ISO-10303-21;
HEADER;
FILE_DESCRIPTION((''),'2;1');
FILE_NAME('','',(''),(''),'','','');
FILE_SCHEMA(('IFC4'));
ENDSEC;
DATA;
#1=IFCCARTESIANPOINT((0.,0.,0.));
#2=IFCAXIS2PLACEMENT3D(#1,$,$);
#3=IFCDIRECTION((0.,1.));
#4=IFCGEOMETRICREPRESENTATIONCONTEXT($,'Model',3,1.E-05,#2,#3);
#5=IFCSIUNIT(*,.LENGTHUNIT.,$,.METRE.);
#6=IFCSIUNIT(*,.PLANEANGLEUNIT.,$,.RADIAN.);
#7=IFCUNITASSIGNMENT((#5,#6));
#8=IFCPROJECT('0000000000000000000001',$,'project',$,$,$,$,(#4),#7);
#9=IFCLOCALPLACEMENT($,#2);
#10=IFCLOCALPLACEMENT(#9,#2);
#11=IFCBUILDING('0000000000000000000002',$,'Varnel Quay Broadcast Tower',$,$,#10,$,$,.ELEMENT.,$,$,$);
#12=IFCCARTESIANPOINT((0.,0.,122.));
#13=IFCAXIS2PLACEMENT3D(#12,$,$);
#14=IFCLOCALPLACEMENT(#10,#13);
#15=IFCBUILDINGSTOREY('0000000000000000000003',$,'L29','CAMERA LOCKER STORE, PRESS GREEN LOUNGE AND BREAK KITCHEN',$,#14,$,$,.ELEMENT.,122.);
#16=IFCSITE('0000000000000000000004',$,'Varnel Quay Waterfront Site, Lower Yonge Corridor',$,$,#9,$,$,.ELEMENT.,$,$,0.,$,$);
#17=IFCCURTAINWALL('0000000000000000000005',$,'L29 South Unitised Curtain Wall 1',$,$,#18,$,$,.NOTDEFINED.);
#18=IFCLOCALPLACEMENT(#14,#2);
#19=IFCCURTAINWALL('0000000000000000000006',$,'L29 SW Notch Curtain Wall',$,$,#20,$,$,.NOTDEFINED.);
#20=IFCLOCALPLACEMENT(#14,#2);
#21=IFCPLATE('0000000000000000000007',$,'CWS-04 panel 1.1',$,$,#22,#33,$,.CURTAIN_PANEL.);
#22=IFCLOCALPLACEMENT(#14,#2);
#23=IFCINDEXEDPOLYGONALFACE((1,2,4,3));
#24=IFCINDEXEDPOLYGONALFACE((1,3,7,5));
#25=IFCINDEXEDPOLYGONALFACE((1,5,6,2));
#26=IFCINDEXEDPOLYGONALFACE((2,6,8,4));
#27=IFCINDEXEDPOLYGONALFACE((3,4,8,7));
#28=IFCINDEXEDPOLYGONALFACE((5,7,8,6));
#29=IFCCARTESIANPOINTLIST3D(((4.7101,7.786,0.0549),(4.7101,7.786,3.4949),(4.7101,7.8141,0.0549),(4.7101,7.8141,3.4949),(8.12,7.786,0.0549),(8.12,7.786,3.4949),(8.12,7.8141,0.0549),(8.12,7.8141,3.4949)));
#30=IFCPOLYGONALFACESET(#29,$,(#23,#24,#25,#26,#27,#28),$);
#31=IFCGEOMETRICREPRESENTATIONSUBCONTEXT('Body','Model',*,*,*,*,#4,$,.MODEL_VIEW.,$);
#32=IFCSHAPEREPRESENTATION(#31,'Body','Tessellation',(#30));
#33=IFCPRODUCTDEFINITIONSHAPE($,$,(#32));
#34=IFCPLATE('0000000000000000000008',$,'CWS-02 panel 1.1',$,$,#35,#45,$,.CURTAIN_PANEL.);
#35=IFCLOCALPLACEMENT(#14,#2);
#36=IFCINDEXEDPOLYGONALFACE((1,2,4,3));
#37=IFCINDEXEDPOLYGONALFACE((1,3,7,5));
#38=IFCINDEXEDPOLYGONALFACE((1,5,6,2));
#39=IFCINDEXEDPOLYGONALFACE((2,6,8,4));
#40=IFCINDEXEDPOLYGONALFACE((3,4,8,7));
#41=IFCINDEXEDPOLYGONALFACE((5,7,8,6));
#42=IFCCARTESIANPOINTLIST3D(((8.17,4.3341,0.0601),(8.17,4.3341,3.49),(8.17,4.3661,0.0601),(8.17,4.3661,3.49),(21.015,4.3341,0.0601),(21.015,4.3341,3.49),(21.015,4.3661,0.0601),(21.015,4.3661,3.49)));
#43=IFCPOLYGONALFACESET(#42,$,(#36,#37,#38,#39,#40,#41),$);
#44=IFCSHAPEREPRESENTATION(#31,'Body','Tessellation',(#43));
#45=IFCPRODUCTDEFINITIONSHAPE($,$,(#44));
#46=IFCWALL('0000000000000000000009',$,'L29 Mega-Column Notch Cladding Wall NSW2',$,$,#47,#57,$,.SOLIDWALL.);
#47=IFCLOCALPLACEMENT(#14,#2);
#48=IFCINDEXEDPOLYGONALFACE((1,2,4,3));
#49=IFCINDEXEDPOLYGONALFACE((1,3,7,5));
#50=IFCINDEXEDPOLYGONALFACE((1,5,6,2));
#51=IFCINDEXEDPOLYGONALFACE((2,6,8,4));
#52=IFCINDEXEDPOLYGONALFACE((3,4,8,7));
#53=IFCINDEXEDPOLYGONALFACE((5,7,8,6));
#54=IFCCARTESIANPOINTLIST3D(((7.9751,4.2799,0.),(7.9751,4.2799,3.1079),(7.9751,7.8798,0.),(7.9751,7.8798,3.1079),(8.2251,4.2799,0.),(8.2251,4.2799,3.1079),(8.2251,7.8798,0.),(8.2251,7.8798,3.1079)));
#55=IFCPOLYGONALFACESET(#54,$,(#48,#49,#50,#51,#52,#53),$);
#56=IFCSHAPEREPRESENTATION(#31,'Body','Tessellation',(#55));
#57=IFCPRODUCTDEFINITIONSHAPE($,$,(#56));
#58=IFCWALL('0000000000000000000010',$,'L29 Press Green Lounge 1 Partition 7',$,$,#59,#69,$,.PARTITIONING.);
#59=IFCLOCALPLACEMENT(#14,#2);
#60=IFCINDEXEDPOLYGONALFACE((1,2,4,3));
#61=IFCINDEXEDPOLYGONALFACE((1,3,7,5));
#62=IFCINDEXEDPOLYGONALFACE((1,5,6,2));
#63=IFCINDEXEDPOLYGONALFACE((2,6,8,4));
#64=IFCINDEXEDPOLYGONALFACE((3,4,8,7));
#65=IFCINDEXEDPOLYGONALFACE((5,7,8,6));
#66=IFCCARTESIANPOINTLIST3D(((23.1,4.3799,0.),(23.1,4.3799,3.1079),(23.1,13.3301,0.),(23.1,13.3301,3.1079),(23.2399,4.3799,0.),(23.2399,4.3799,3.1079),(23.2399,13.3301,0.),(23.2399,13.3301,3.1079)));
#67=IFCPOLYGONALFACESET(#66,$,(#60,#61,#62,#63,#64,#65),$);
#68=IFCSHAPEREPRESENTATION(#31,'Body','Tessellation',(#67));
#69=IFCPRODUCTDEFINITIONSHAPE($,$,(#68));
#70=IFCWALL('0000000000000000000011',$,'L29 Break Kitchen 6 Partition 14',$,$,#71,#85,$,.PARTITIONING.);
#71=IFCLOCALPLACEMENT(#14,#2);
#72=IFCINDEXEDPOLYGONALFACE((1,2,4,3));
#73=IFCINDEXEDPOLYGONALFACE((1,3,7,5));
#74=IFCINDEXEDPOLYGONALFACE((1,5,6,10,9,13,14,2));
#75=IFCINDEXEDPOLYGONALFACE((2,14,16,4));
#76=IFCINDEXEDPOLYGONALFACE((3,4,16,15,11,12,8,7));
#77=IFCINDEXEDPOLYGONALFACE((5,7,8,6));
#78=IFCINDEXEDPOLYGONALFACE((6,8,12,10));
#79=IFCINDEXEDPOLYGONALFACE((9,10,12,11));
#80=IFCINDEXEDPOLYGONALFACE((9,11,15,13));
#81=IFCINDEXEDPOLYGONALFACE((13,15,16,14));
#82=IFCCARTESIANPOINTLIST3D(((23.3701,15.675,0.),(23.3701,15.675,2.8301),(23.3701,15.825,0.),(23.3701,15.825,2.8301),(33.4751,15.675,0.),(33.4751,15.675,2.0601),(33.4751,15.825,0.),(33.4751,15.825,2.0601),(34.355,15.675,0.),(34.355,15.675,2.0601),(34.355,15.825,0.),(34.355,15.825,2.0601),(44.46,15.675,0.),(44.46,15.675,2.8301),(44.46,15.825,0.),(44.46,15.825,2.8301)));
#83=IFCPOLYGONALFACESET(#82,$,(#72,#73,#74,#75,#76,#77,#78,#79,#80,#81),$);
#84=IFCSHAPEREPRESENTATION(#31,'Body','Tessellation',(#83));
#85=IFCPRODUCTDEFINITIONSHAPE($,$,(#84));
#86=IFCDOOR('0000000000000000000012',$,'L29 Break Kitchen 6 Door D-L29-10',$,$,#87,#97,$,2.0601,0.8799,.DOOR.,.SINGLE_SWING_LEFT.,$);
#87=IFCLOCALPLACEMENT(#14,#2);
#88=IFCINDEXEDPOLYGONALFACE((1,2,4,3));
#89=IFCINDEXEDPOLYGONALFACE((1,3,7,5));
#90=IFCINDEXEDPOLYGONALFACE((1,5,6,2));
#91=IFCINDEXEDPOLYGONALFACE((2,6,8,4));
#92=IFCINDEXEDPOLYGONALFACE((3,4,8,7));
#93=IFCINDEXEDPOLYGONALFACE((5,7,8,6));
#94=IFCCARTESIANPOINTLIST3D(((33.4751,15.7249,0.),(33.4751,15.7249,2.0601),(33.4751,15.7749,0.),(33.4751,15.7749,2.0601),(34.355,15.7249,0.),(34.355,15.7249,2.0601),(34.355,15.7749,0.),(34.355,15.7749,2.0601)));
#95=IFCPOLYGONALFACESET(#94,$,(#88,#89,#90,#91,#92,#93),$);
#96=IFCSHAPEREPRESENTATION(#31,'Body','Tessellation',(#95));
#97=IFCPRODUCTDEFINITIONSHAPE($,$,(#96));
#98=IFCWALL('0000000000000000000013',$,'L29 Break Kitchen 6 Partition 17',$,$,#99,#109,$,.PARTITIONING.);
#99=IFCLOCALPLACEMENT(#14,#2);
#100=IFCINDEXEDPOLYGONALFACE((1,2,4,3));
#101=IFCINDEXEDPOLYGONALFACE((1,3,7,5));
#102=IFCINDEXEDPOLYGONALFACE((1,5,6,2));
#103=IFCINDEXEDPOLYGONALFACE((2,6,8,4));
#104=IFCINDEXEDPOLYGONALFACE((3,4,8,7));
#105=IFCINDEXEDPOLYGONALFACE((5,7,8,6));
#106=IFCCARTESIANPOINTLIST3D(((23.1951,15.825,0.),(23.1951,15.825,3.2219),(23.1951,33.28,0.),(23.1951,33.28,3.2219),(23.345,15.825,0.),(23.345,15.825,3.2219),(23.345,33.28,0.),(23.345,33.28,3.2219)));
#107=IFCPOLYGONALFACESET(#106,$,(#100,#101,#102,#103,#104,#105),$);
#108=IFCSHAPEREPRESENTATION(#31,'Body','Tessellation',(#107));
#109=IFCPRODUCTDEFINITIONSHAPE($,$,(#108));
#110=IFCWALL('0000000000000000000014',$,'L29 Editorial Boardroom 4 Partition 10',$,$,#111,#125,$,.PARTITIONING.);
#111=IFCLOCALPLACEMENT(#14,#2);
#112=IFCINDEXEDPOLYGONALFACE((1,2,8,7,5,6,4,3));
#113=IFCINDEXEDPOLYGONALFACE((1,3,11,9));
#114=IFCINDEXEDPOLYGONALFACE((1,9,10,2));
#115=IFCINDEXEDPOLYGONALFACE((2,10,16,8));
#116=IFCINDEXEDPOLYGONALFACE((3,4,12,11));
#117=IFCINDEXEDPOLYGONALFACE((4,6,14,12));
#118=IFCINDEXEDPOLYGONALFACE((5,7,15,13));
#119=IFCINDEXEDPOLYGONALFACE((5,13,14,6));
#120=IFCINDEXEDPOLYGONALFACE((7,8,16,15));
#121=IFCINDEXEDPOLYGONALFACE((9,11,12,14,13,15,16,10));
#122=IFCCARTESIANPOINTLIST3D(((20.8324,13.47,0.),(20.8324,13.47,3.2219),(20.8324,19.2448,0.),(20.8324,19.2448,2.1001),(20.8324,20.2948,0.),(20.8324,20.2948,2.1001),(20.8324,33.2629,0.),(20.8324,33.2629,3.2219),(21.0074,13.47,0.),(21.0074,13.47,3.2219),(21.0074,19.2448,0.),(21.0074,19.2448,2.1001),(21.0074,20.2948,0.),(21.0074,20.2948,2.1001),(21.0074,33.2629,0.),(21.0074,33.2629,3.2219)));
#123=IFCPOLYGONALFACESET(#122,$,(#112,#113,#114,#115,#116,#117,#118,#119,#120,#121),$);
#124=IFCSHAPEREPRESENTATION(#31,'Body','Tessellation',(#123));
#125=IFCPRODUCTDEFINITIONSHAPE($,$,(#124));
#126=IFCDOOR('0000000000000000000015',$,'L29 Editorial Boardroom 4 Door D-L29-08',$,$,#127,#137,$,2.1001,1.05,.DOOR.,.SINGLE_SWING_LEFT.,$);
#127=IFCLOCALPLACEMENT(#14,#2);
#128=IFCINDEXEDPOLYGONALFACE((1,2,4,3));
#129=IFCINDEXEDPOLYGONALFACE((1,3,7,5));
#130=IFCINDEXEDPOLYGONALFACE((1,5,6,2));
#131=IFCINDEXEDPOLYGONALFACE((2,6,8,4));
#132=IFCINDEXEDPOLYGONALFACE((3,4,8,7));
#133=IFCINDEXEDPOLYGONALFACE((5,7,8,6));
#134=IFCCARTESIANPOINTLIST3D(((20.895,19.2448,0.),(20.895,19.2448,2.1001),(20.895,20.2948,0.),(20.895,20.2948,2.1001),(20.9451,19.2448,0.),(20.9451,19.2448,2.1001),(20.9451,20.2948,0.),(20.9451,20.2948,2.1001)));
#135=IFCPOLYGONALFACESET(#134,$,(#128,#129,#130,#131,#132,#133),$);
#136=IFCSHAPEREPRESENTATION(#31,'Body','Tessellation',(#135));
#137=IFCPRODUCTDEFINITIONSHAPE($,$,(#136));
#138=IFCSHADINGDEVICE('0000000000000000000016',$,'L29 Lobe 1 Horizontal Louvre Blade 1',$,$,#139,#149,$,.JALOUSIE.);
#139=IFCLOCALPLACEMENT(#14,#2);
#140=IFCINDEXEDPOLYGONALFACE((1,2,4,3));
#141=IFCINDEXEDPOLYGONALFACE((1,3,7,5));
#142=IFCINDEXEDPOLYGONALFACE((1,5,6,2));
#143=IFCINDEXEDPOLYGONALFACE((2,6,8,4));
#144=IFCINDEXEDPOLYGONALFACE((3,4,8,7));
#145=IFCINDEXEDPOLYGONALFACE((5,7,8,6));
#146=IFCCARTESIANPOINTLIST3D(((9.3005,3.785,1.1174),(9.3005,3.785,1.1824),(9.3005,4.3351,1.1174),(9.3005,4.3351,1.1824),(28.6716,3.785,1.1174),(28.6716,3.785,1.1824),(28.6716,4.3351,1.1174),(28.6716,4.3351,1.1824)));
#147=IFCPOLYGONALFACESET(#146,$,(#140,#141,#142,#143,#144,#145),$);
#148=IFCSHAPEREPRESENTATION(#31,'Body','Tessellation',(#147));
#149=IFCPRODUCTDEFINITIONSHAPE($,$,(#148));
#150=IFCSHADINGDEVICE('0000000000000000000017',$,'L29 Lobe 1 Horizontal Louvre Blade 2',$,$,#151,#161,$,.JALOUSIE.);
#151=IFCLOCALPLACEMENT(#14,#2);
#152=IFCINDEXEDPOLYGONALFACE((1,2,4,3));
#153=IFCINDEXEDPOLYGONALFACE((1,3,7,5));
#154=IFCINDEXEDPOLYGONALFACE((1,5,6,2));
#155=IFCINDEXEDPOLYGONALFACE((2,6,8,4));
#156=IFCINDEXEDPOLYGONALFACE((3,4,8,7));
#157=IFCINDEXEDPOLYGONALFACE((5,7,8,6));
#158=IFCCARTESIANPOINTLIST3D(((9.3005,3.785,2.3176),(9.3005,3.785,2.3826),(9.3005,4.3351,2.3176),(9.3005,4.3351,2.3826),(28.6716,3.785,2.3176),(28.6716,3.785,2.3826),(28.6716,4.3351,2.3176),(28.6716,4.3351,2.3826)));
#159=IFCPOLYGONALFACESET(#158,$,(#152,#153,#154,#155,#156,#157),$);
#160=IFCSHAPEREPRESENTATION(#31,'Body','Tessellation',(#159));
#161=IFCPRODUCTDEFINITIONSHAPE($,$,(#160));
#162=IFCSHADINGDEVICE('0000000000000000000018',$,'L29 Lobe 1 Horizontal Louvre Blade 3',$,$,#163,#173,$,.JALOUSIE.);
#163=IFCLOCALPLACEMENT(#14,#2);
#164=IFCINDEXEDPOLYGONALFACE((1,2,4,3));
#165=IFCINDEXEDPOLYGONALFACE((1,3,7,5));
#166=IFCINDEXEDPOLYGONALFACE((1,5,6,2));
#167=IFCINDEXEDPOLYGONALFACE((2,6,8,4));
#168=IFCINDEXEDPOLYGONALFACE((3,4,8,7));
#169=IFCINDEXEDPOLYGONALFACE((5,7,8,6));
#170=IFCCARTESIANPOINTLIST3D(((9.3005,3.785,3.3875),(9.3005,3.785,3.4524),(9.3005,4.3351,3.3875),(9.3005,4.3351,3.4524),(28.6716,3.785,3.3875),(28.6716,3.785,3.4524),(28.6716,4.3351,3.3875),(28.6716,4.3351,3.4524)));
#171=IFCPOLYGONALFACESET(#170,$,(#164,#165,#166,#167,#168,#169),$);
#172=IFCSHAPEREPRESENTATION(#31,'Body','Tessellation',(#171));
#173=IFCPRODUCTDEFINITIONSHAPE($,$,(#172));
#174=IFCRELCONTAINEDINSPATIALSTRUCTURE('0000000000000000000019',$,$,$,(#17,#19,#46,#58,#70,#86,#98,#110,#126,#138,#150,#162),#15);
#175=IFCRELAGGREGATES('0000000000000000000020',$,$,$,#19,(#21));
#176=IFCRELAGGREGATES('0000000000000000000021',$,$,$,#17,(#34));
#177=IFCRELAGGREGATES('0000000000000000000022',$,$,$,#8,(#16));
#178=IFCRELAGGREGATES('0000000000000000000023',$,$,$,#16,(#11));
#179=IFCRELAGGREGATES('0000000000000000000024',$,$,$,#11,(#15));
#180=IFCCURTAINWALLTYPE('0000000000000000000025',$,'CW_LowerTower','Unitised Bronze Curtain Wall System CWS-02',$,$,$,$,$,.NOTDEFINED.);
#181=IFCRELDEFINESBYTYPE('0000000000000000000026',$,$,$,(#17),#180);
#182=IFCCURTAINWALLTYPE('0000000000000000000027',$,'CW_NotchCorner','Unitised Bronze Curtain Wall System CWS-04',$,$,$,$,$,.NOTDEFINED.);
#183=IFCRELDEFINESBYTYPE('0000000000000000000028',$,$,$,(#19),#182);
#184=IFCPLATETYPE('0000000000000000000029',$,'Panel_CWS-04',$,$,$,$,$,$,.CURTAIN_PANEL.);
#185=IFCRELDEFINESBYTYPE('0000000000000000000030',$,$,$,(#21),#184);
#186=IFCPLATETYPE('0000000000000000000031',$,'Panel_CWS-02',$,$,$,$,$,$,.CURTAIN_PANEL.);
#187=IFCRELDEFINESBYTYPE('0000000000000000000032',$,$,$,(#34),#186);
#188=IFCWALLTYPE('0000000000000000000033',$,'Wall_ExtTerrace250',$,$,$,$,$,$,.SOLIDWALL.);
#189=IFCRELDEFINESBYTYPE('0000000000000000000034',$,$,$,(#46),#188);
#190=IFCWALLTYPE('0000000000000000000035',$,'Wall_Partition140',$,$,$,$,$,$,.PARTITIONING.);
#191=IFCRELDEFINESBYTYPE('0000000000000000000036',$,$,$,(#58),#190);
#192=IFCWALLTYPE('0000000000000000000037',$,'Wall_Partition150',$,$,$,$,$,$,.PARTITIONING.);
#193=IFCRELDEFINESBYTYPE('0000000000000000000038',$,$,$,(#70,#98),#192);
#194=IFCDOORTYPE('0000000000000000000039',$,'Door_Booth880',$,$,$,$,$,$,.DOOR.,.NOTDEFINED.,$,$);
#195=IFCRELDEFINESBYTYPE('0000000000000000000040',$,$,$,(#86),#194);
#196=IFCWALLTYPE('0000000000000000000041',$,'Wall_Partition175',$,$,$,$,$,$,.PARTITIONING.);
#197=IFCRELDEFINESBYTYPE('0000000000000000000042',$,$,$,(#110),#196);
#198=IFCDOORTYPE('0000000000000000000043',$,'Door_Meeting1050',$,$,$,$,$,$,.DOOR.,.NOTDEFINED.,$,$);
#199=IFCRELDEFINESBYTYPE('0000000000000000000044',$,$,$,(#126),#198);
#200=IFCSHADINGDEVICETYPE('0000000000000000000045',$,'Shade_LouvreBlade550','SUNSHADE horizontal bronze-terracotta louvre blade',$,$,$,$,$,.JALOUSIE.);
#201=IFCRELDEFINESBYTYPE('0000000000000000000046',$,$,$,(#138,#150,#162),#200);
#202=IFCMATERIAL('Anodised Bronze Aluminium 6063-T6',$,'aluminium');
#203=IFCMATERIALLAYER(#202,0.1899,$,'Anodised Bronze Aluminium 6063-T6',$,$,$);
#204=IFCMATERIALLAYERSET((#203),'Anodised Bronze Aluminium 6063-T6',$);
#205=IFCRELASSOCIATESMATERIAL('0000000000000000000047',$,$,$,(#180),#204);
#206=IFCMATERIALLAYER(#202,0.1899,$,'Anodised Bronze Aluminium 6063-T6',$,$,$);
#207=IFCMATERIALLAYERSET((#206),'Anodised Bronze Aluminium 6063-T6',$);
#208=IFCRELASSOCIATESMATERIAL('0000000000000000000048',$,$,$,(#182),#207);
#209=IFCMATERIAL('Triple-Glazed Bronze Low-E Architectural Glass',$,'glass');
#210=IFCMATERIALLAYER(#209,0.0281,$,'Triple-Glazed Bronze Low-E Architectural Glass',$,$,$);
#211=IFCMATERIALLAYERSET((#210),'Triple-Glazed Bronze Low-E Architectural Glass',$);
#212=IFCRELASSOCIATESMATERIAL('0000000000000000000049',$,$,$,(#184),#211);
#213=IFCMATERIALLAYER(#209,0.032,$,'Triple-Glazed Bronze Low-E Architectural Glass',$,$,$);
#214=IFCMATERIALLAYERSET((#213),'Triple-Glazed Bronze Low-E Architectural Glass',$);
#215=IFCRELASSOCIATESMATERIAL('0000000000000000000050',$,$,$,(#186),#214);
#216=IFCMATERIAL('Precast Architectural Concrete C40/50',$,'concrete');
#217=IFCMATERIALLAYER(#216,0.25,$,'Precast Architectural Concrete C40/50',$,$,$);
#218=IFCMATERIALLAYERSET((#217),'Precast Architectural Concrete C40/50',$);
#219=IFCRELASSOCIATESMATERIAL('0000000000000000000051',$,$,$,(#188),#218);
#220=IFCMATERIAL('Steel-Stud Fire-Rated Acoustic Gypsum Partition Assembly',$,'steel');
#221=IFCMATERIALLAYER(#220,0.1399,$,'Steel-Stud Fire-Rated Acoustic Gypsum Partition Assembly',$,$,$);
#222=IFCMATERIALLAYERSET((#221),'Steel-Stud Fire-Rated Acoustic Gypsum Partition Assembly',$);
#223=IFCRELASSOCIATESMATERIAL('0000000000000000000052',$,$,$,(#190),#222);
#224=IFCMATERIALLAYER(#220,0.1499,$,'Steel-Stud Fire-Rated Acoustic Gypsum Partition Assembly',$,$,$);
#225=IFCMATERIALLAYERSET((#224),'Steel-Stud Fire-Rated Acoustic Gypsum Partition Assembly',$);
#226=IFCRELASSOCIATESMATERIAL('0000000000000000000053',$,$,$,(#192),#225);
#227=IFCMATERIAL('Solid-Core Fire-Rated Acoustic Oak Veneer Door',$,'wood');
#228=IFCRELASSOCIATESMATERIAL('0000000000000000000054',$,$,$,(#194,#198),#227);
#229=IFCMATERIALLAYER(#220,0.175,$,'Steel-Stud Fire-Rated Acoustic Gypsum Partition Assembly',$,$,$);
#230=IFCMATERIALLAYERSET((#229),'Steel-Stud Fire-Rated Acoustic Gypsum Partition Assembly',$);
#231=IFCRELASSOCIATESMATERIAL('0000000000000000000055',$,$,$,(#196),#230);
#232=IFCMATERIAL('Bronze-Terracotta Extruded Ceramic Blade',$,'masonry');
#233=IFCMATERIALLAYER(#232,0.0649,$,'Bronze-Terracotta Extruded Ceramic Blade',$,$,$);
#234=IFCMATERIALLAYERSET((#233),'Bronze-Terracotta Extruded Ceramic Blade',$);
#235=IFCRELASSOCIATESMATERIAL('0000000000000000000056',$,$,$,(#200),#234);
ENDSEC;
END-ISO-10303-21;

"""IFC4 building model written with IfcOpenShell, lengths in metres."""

from ifc_helpers import new_model, si_unit, direction, frame, frame_2d, origin, origin_2d, place, context, subcontext, project, spatial, rectangle, extrude, source, transform, mapped, material, layer, layer_set, type_object, type_shapes, element, fill, aggregate, save


model = new_model("IFC4")

# Units and contexts
model_context = context("Model", 3, precision=1e-05, world=origin(), true_north=direction((0.0, 1.0)))
body_context = subcontext(model_context, "Body", "Model", "MODEL_VIEW")
ifc_project = project(units=[si_unit("LENGTHUNIT", "METRE"), si_unit("PLANEANGLEUNIT", "RADIAN")], contexts=[model_context])

# Site, building, storey
site_placement = place(None, origin())
site = spatial("IfcSite", under=ifc_project, at=site_placement, Name="Varnel Quay Waterfront Site, Lower Yonge Corridor", CompositionType="ELEMENT", RefElevation=0.0)
building_placement = place(site_placement, origin())
building = spatial("IfcBuilding", under=site, at=building_placement, Name="Varnel Quay Broadcast Tower", CompositionType="ELEMENT")
storey_placement = place(building_placement, frame((0.0, 0.0, 122.0)))
storey = spatial("IfcBuildingStorey", under=building, at=storey_placement, Name="L29", Description="CAMERA LOCKER STORE, PRESS GREEN LOUNGE AND BREAK KITCHEN", CompositionType="ELEMENT", Elevation=122.0)

# Curtain wall
ifc_material_1 = material(Name="Anodised Bronze Aluminium 6063-T6", Category="aluminium")
ifc_layer_1 = layer(ifc_material_1, 0.1899, Name="Anodised Bronze Aluminium 6063-T6")
ifc_layer_set_1 = layer_set([ifc_layer_1], Name="Anodised Bronze Aluminium 6063-T6")
curtain_wall_type_1 = type_object("IfcCurtainWallType", Name="CW_LowerTower", Description="Unitised Bronze Curtain Wall System CWS-02", PredefinedType="NOTDEFINED", material=ifc_layer_set_1)
curtain_wall_1_placement = place(storey_placement, origin())
curtain_wall_1 = element("IfcCurtainWall", 1, at=curtain_wall_1_placement, inside=storey, type_object=curtain_wall_type_1, Name="L29 South Unitised Curtain Wall 1", PredefinedType="NOTDEFINED")

# Curtain wall
ifc_layer_2 = layer(ifc_material_1, 0.1899, Name="Anodised Bronze Aluminium 6063-T6")
ifc_layer_set_2 = layer_set([ifc_layer_2], Name="Anodised Bronze Aluminium 6063-T6")
curtain_wall_type_2 = type_object("IfcCurtainWallType", Name="CW_NotchCorner", Description="Unitised Bronze Curtain Wall System CWS-04", PredefinedType="NOTDEFINED", material=ifc_layer_set_2)
curtain_wall_2_placement = place(storey_placement, origin())
curtain_wall_2 = element("IfcCurtainWall", 2, at=curtain_wall_2_placement, inside=storey, type_object=curtain_wall_type_2, Name="L29 SW Notch Curtain Wall", PredefinedType="NOTDEFINED")

# Plates
ifc_material_2 = material(Name="Triple-Glazed Bronze Low-E Architectural Glass", Category="glass")
ifc_layer_3 = layer(ifc_material_2, 0.0281, Name="Triple-Glazed Bronze Low-E Architectural Glass")
ifc_layer_set_3 = layer_set([ifc_layer_3], Name="Triple-Glazed Bronze Low-E Architectural Glass")
plate_type_1 = type_object("IfcPlateType", Name="Panel_CWS-04", PredefinedType="CURTAIN_PANEL", material=ifc_layer_set_3)
shared_shape_1 = source(origin(), body_context, "Body", "SweptSolid", [
    extrude(rectangle(XDim=3.4099, YDim=0.0281, at=origin_2d()), origin(), (0.0, 0.0, 1.0), 3.4399),
])
type_shapes(plate_type_1, [shared_shape_1])
plate_1_placement = place(storey_placement, frame((6.415, 7.8, 0.0549), z_axis=(0.0, 0.0, 1.0), x_axis=(1.0, 0.0, 0.0)))
plate_1 = element("IfcPlate", 3, at=plate_1_placement, type_object=plate_type_1, Name="CWS-04 panel 1.1", PredefinedType="CURTAIN_PANEL", context=body_context, shape_type="MappedRepresentation", body=[
    mapped(shared_shape_1, transform((0.0, 0.0, 0.0), x_axis=(1.0, 0.0, 0.0), y_axis=(0.0, 1.0, 0.0), z_axis=(0.0, 0.0, 1.0), scale=1.0)),
])
aggregate(curtain_wall_2, [plate_1])
ifc_layer_4 = layer(ifc_material_2, 0.032, Name="Triple-Glazed Bronze Low-E Architectural Glass")
ifc_layer_set_4 = layer_set([ifc_layer_4], Name="Triple-Glazed Bronze Low-E Architectural Glass")
plate_type_2 = type_object("IfcPlateType", Name="Panel_CWS-02", PredefinedType="CURTAIN_PANEL", material=ifc_layer_set_4)
shared_shape_2 = source(origin(), body_context, "Body", "SweptSolid", [
    extrude(rectangle(XDim=12.845, YDim=0.032, at=origin_2d()), origin(), (0.0, 0.0, 1.0), 3.4299),
])
type_shapes(plate_type_2, [shared_shape_2])
plate_2_placement = place(storey_placement, frame((14.5925, 4.3501, 0.0601), z_axis=(0.0, 0.0, 1.0), x_axis=(1.0, 0.0, 0.0)))
plate_2 = element("IfcPlate", 4, at=plate_2_placement, type_object=plate_type_2, Name="CWS-02 panel 1.1", PredefinedType="CURTAIN_PANEL", context=body_context, shape_type="MappedRepresentation", body=[
    mapped(shared_shape_2, transform((0.0, 0.0, 0.0), x_axis=(1.0, 0.0, 0.0), y_axis=(0.0, 1.0, 0.0), z_axis=(0.0, 0.0, 1.0), scale=1.0)),
])
aggregate(curtain_wall_1, [plate_2])

# Walls
ifc_material_3 = material(Name="Precast Architectural Concrete C40/50", Category="concrete")
ifc_layer_5 = layer(ifc_material_3, 0.25, Name="Precast Architectural Concrete C40/50")
ifc_layer_set_5 = layer_set([ifc_layer_5], Name="Precast Architectural Concrete C40/50")
wall_type_1 = type_object("IfcWallType", Name="Wall_ExtTerrace250", PredefinedType="SOLIDWALL", material=ifc_layer_set_5)
wall_1_placement = place(storey_placement, frame((8.1001, 4.28, 0.0), z_axis=(0.0, 0.0, 1.0), x_axis=(0.0, 1.0, 0.0)))
element("IfcWall", 5, at=wall_1_placement, inside=storey, type_object=wall_type_1, Name="L29 Mega-Column Notch Cladding Wall NSW2", PredefinedType="SOLIDWALL", context=body_context, shape_type="SweptSolid", body=[
    extrude(rectangle(XDim=3.5999, YDim=0.25, at=frame_2d((1.7998, 0.0))), origin(), (0.0, 0.0, 1.0), 3.1079),
])
ifc_material_4 = material(Name="Steel-Stud Fire-Rated Acoustic Gypsum Partition Assembly", Category="steel")
ifc_layer_6 = layer(ifc_material_4, 0.1399, Name="Steel-Stud Fire-Rated Acoustic Gypsum Partition Assembly")
ifc_layer_set_6 = layer_set([ifc_layer_6], Name="Steel-Stud Fire-Rated Acoustic Gypsum Partition Assembly")
wall_type_2 = type_object("IfcWallType", Name="Wall_Partition140", PredefinedType="PARTITIONING", material=ifc_layer_set_6)
wall_2_placement = place(storey_placement, frame((23.1699, 4.3799, 0.0), z_axis=(0.0, 0.0, 1.0), x_axis=(0.0, 1.0, 0.0)))
element("IfcWall", 6, at=wall_2_placement, inside=storey, type_object=wall_type_2, Name="L29 Press Green Lounge 1 Partition 7", PredefinedType="PARTITIONING", context=body_context, shape_type="SweptSolid", body=[
    extrude(rectangle(XDim=8.9502, YDim=0.1399, at=frame_2d((4.4751, 0.0))), origin(), (0.0, 0.0, 1.0), 3.1079),
])

# Wall, opening, door
ifc_layer_7 = layer(ifc_material_4, 0.1499, Name="Steel-Stud Fire-Rated Acoustic Gypsum Partition Assembly")
ifc_layer_set_7 = layer_set([ifc_layer_7], Name="Steel-Stud Fire-Rated Acoustic Gypsum Partition Assembly")
wall_type_3 = type_object("IfcWallType", Name="Wall_Partition150", PredefinedType="PARTITIONING", material=ifc_layer_set_7)
wall_3_placement = place(storey_placement, frame((23.3701, 15.75, 0.0), z_axis=(0.0, 0.0, 1.0), x_axis=(1.0, 0.0, 0.0)))
wall_3 = element("IfcWall", 7, at=wall_3_placement, inside=storey, type_object=wall_type_3, Name="L29 Break Kitchen 6 Partition 14", PredefinedType="PARTITIONING", context=body_context, shape_type="SweptSolid", body=[
    extrude(rectangle(XDim=21.0898, YDim=0.1499, at=frame_2d((10.5449, 0.0))), origin(), (0.0, 0.0, 1.0), 2.8301),
])
opening_1_placement = place(wall_3_placement, frame((10.105, 0.0, 0.0)))
opening_1 = element("IfcOpeningElement", 8, at=opening_1_placement, cuts=wall_3, PredefinedType="OPENING", context=body_context, shape_type="SweptSolid", body=[
    extrude(rectangle(XDim=0.8799, YDim=2.0601, at=frame_2d((0.4399, 1.03))), frame((0.0, 0.085, 0.0), z_axis=(0.0, -1.0, 0.0), x_axis=(1.0, 0.0, 0.0)), (0.0, 0.0, 1.0), 0.1699),
])
ifc_material_5 = material(Name="Solid-Core Fire-Rated Acoustic Oak Veneer Door", Category="wood")
door_type_1 = type_object("IfcDoorType", Name="Door_Booth880", OperationType="NOTDEFINED", PredefinedType="DOOR", material=ifc_material_5)
shared_shape_3 = source(origin(), body_context, "Body", "SweptSolid", [
    extrude(rectangle(XDim=0.8799, YDim=2.0601, at=frame_2d((0.4399, 1.03))), frame((0.0, 0.0249, 0.0), z_axis=(0.0, -1.0, 0.0), x_axis=(1.0, 0.0, 0.0)), (0.0, 0.0, 1.0), 0.05),
])
type_shapes(door_type_1, [shared_shape_3])
door_1_placement = place(opening_1_placement, origin())
door_1 = element("IfcDoor", 9, at=door_1_placement, inside=storey, type_object=door_type_1, Name="L29 Break Kitchen 6 Door D-L29-10", OperationType="SINGLE_SWING_LEFT", OverallHeight=2.0601, OverallWidth=0.8799, PredefinedType="DOOR", context=body_context, shape_type="MappedRepresentation", body=[
    mapped(shared_shape_3, transform((0.0, 0.0, 0.0), x_axis=(1.0, 0.0, 0.0), y_axis=(0.0, 1.0, 0.0), z_axis=(0.0, 0.0, 1.0), scale=1.0)),
])
fill(opening_1, door_1)

# Wall
wall_4_placement = place(storey_placement, frame((23.27, 15.825, 0.0), z_axis=(0.0, 0.0, 1.0), x_axis=(0.0, 1.0, 0.0)))
element("IfcWall", 10, at=wall_4_placement, inside=storey, type_object=wall_type_3, Name="L29 Break Kitchen 6 Partition 17", PredefinedType="PARTITIONING", context=body_context, shape_type="SweptSolid", body=[
    extrude(rectangle(XDim=17.4551, YDim=0.1499, at=frame_2d((8.7275, 0.0))), origin(), (0.0, 0.0, 1.0), 3.2219),
])

# Wall, opening, door
ifc_layer_8 = layer(ifc_material_4, 0.175, Name="Steel-Stud Fire-Rated Acoustic Gypsum Partition Assembly")
ifc_layer_set_8 = layer_set([ifc_layer_8], Name="Steel-Stud Fire-Rated Acoustic Gypsum Partition Assembly")
wall_type_4 = type_object("IfcWallType", Name="Wall_Partition175", PredefinedType="PARTITIONING", material=ifc_layer_set_8)
wall_5_placement = place(storey_placement, frame((20.9199, 13.47, 0.0), z_axis=(0.0, 0.0, 1.0), x_axis=(0.0, 1.0, 0.0)))
wall_5 = element("IfcWall", 11, at=wall_5_placement, inside=storey, type_object=wall_type_4, Name="L29 Editorial Boardroom 4 Partition 10", PredefinedType="PARTITIONING", context=body_context, shape_type="SweptSolid", body=[
    extrude(rectangle(XDim=19.793, YDim=0.175, at=frame_2d((9.8965, 0.0))), origin(), (0.0, 0.0, 1.0), 3.2219),
])
opening_2_placement = place(wall_5_placement, frame((5.7749, 0.0, 0.0)))
opening_2 = element("IfcOpeningElement", 12, at=opening_2_placement, cuts=wall_5, PredefinedType="OPENING", context=body_context, shape_type="SweptSolid", body=[
    extrude(rectangle(XDim=1.05, YDim=2.1001, at=frame_2d((0.5249, 1.05))), frame((0.0, 0.0977, 0.0), z_axis=(0.0, -1.0, 0.0), x_axis=(1.0, 0.0, 0.0)), (0.0, 0.0, 1.0), 0.1951),
])
door_type_2 = type_object("IfcDoorType", Name="Door_Meeting1050", OperationType="NOTDEFINED", PredefinedType="DOOR", material=ifc_material_5)
shared_shape_4 = source(origin(), body_context, "Body", "SweptSolid", [
    extrude(rectangle(XDim=1.05, YDim=2.1001, at=frame_2d((0.5249, 1.05))), frame((0.0, 0.0249, 0.0), z_axis=(0.0, -1.0, 0.0), x_axis=(1.0, 0.0, 0.0)), (0.0, 0.0, 1.0), 0.05),
])
type_shapes(door_type_2, [shared_shape_4])
door_2_placement = place(opening_2_placement, origin())
door_2 = element("IfcDoor", 13, at=door_2_placement, inside=storey, type_object=door_type_2, Name="L29 Editorial Boardroom 4 Door D-L29-08", OperationType="SINGLE_SWING_LEFT", OverallHeight=2.1001, OverallWidth=1.05, PredefinedType="DOOR", context=body_context, shape_type="MappedRepresentation", body=[
    mapped(shared_shape_4, transform((0.0, 0.0, 0.0), x_axis=(1.0, 0.0, 0.0), y_axis=(0.0, 1.0, 0.0), z_axis=(0.0, 0.0, 1.0), scale=1.0)),
])
fill(opening_2, door_2)

# Shading devices
ifc_material_6 = material(Name="Bronze-Terracotta Extruded Ceramic Blade", Category="masonry")
ifc_layer_9 = layer(ifc_material_6, 0.0649, Name="Bronze-Terracotta Extruded Ceramic Blade")
ifc_layer_set_9 = layer_set([ifc_layer_9], Name="Bronze-Terracotta Extruded Ceramic Blade")
shading_device_type = type_object("IfcShadingDeviceType", Name="Shade_LouvreBlade550", Description="SUNSHADE horizontal bronze-terracotta louvre blade", PredefinedType="JALOUSIE", material=ifc_layer_set_9)
shared_shape_5 = source(origin(), body_context, "Body", "SweptSolid", [
    extrude(rectangle(XDim=19.3711, YDim=0.55, at=origin_2d()), origin(), (0.0, 0.0, 1.0), 0.0649),
])
type_shapes(shading_device_type, [shared_shape_5])
for number, where, z_axis, x_axis, name in (
    (14, (18.9861, 4.0601, 1.1174), (0.0, 0.0, 1.0), (1.0, 0.0, 0.0), "L29 Lobe 1 Horizontal Louvre Blade 1"),
    (15, (18.9861, 4.0601, 2.3176), (0.0, 0.0, 1.0), (1.0, 0.0, 0.0), "L29 Lobe 1 Horizontal Louvre Blade 2"),
    (16, (18.9861, 4.0601, 3.3875), (0.0, 0.0, 1.0), (1.0, 0.0, 0.0), "L29 Lobe 1 Horizontal Louvre Blade 3"),
):
    element("IfcShadingDevice", number, at=place(storey_placement, frame(where, z_axis=z_axis, x_axis=x_axis)), inside=storey, type_object=shading_device_type, Name=name, PredefinedType="JALOUSIE", context=body_context, shape_type="MappedRepresentation", body=[
        mapped(shared_shape_5, transform((0.0, 0.0, 0.0), x_axis=(1.0, 0.0, 0.0), y_axis=(0.0, 1.0, 0.0), z_axis=(0.0, 0.0, 1.0), scale=1.0)),
    ])

save(model, "model.ifc")
